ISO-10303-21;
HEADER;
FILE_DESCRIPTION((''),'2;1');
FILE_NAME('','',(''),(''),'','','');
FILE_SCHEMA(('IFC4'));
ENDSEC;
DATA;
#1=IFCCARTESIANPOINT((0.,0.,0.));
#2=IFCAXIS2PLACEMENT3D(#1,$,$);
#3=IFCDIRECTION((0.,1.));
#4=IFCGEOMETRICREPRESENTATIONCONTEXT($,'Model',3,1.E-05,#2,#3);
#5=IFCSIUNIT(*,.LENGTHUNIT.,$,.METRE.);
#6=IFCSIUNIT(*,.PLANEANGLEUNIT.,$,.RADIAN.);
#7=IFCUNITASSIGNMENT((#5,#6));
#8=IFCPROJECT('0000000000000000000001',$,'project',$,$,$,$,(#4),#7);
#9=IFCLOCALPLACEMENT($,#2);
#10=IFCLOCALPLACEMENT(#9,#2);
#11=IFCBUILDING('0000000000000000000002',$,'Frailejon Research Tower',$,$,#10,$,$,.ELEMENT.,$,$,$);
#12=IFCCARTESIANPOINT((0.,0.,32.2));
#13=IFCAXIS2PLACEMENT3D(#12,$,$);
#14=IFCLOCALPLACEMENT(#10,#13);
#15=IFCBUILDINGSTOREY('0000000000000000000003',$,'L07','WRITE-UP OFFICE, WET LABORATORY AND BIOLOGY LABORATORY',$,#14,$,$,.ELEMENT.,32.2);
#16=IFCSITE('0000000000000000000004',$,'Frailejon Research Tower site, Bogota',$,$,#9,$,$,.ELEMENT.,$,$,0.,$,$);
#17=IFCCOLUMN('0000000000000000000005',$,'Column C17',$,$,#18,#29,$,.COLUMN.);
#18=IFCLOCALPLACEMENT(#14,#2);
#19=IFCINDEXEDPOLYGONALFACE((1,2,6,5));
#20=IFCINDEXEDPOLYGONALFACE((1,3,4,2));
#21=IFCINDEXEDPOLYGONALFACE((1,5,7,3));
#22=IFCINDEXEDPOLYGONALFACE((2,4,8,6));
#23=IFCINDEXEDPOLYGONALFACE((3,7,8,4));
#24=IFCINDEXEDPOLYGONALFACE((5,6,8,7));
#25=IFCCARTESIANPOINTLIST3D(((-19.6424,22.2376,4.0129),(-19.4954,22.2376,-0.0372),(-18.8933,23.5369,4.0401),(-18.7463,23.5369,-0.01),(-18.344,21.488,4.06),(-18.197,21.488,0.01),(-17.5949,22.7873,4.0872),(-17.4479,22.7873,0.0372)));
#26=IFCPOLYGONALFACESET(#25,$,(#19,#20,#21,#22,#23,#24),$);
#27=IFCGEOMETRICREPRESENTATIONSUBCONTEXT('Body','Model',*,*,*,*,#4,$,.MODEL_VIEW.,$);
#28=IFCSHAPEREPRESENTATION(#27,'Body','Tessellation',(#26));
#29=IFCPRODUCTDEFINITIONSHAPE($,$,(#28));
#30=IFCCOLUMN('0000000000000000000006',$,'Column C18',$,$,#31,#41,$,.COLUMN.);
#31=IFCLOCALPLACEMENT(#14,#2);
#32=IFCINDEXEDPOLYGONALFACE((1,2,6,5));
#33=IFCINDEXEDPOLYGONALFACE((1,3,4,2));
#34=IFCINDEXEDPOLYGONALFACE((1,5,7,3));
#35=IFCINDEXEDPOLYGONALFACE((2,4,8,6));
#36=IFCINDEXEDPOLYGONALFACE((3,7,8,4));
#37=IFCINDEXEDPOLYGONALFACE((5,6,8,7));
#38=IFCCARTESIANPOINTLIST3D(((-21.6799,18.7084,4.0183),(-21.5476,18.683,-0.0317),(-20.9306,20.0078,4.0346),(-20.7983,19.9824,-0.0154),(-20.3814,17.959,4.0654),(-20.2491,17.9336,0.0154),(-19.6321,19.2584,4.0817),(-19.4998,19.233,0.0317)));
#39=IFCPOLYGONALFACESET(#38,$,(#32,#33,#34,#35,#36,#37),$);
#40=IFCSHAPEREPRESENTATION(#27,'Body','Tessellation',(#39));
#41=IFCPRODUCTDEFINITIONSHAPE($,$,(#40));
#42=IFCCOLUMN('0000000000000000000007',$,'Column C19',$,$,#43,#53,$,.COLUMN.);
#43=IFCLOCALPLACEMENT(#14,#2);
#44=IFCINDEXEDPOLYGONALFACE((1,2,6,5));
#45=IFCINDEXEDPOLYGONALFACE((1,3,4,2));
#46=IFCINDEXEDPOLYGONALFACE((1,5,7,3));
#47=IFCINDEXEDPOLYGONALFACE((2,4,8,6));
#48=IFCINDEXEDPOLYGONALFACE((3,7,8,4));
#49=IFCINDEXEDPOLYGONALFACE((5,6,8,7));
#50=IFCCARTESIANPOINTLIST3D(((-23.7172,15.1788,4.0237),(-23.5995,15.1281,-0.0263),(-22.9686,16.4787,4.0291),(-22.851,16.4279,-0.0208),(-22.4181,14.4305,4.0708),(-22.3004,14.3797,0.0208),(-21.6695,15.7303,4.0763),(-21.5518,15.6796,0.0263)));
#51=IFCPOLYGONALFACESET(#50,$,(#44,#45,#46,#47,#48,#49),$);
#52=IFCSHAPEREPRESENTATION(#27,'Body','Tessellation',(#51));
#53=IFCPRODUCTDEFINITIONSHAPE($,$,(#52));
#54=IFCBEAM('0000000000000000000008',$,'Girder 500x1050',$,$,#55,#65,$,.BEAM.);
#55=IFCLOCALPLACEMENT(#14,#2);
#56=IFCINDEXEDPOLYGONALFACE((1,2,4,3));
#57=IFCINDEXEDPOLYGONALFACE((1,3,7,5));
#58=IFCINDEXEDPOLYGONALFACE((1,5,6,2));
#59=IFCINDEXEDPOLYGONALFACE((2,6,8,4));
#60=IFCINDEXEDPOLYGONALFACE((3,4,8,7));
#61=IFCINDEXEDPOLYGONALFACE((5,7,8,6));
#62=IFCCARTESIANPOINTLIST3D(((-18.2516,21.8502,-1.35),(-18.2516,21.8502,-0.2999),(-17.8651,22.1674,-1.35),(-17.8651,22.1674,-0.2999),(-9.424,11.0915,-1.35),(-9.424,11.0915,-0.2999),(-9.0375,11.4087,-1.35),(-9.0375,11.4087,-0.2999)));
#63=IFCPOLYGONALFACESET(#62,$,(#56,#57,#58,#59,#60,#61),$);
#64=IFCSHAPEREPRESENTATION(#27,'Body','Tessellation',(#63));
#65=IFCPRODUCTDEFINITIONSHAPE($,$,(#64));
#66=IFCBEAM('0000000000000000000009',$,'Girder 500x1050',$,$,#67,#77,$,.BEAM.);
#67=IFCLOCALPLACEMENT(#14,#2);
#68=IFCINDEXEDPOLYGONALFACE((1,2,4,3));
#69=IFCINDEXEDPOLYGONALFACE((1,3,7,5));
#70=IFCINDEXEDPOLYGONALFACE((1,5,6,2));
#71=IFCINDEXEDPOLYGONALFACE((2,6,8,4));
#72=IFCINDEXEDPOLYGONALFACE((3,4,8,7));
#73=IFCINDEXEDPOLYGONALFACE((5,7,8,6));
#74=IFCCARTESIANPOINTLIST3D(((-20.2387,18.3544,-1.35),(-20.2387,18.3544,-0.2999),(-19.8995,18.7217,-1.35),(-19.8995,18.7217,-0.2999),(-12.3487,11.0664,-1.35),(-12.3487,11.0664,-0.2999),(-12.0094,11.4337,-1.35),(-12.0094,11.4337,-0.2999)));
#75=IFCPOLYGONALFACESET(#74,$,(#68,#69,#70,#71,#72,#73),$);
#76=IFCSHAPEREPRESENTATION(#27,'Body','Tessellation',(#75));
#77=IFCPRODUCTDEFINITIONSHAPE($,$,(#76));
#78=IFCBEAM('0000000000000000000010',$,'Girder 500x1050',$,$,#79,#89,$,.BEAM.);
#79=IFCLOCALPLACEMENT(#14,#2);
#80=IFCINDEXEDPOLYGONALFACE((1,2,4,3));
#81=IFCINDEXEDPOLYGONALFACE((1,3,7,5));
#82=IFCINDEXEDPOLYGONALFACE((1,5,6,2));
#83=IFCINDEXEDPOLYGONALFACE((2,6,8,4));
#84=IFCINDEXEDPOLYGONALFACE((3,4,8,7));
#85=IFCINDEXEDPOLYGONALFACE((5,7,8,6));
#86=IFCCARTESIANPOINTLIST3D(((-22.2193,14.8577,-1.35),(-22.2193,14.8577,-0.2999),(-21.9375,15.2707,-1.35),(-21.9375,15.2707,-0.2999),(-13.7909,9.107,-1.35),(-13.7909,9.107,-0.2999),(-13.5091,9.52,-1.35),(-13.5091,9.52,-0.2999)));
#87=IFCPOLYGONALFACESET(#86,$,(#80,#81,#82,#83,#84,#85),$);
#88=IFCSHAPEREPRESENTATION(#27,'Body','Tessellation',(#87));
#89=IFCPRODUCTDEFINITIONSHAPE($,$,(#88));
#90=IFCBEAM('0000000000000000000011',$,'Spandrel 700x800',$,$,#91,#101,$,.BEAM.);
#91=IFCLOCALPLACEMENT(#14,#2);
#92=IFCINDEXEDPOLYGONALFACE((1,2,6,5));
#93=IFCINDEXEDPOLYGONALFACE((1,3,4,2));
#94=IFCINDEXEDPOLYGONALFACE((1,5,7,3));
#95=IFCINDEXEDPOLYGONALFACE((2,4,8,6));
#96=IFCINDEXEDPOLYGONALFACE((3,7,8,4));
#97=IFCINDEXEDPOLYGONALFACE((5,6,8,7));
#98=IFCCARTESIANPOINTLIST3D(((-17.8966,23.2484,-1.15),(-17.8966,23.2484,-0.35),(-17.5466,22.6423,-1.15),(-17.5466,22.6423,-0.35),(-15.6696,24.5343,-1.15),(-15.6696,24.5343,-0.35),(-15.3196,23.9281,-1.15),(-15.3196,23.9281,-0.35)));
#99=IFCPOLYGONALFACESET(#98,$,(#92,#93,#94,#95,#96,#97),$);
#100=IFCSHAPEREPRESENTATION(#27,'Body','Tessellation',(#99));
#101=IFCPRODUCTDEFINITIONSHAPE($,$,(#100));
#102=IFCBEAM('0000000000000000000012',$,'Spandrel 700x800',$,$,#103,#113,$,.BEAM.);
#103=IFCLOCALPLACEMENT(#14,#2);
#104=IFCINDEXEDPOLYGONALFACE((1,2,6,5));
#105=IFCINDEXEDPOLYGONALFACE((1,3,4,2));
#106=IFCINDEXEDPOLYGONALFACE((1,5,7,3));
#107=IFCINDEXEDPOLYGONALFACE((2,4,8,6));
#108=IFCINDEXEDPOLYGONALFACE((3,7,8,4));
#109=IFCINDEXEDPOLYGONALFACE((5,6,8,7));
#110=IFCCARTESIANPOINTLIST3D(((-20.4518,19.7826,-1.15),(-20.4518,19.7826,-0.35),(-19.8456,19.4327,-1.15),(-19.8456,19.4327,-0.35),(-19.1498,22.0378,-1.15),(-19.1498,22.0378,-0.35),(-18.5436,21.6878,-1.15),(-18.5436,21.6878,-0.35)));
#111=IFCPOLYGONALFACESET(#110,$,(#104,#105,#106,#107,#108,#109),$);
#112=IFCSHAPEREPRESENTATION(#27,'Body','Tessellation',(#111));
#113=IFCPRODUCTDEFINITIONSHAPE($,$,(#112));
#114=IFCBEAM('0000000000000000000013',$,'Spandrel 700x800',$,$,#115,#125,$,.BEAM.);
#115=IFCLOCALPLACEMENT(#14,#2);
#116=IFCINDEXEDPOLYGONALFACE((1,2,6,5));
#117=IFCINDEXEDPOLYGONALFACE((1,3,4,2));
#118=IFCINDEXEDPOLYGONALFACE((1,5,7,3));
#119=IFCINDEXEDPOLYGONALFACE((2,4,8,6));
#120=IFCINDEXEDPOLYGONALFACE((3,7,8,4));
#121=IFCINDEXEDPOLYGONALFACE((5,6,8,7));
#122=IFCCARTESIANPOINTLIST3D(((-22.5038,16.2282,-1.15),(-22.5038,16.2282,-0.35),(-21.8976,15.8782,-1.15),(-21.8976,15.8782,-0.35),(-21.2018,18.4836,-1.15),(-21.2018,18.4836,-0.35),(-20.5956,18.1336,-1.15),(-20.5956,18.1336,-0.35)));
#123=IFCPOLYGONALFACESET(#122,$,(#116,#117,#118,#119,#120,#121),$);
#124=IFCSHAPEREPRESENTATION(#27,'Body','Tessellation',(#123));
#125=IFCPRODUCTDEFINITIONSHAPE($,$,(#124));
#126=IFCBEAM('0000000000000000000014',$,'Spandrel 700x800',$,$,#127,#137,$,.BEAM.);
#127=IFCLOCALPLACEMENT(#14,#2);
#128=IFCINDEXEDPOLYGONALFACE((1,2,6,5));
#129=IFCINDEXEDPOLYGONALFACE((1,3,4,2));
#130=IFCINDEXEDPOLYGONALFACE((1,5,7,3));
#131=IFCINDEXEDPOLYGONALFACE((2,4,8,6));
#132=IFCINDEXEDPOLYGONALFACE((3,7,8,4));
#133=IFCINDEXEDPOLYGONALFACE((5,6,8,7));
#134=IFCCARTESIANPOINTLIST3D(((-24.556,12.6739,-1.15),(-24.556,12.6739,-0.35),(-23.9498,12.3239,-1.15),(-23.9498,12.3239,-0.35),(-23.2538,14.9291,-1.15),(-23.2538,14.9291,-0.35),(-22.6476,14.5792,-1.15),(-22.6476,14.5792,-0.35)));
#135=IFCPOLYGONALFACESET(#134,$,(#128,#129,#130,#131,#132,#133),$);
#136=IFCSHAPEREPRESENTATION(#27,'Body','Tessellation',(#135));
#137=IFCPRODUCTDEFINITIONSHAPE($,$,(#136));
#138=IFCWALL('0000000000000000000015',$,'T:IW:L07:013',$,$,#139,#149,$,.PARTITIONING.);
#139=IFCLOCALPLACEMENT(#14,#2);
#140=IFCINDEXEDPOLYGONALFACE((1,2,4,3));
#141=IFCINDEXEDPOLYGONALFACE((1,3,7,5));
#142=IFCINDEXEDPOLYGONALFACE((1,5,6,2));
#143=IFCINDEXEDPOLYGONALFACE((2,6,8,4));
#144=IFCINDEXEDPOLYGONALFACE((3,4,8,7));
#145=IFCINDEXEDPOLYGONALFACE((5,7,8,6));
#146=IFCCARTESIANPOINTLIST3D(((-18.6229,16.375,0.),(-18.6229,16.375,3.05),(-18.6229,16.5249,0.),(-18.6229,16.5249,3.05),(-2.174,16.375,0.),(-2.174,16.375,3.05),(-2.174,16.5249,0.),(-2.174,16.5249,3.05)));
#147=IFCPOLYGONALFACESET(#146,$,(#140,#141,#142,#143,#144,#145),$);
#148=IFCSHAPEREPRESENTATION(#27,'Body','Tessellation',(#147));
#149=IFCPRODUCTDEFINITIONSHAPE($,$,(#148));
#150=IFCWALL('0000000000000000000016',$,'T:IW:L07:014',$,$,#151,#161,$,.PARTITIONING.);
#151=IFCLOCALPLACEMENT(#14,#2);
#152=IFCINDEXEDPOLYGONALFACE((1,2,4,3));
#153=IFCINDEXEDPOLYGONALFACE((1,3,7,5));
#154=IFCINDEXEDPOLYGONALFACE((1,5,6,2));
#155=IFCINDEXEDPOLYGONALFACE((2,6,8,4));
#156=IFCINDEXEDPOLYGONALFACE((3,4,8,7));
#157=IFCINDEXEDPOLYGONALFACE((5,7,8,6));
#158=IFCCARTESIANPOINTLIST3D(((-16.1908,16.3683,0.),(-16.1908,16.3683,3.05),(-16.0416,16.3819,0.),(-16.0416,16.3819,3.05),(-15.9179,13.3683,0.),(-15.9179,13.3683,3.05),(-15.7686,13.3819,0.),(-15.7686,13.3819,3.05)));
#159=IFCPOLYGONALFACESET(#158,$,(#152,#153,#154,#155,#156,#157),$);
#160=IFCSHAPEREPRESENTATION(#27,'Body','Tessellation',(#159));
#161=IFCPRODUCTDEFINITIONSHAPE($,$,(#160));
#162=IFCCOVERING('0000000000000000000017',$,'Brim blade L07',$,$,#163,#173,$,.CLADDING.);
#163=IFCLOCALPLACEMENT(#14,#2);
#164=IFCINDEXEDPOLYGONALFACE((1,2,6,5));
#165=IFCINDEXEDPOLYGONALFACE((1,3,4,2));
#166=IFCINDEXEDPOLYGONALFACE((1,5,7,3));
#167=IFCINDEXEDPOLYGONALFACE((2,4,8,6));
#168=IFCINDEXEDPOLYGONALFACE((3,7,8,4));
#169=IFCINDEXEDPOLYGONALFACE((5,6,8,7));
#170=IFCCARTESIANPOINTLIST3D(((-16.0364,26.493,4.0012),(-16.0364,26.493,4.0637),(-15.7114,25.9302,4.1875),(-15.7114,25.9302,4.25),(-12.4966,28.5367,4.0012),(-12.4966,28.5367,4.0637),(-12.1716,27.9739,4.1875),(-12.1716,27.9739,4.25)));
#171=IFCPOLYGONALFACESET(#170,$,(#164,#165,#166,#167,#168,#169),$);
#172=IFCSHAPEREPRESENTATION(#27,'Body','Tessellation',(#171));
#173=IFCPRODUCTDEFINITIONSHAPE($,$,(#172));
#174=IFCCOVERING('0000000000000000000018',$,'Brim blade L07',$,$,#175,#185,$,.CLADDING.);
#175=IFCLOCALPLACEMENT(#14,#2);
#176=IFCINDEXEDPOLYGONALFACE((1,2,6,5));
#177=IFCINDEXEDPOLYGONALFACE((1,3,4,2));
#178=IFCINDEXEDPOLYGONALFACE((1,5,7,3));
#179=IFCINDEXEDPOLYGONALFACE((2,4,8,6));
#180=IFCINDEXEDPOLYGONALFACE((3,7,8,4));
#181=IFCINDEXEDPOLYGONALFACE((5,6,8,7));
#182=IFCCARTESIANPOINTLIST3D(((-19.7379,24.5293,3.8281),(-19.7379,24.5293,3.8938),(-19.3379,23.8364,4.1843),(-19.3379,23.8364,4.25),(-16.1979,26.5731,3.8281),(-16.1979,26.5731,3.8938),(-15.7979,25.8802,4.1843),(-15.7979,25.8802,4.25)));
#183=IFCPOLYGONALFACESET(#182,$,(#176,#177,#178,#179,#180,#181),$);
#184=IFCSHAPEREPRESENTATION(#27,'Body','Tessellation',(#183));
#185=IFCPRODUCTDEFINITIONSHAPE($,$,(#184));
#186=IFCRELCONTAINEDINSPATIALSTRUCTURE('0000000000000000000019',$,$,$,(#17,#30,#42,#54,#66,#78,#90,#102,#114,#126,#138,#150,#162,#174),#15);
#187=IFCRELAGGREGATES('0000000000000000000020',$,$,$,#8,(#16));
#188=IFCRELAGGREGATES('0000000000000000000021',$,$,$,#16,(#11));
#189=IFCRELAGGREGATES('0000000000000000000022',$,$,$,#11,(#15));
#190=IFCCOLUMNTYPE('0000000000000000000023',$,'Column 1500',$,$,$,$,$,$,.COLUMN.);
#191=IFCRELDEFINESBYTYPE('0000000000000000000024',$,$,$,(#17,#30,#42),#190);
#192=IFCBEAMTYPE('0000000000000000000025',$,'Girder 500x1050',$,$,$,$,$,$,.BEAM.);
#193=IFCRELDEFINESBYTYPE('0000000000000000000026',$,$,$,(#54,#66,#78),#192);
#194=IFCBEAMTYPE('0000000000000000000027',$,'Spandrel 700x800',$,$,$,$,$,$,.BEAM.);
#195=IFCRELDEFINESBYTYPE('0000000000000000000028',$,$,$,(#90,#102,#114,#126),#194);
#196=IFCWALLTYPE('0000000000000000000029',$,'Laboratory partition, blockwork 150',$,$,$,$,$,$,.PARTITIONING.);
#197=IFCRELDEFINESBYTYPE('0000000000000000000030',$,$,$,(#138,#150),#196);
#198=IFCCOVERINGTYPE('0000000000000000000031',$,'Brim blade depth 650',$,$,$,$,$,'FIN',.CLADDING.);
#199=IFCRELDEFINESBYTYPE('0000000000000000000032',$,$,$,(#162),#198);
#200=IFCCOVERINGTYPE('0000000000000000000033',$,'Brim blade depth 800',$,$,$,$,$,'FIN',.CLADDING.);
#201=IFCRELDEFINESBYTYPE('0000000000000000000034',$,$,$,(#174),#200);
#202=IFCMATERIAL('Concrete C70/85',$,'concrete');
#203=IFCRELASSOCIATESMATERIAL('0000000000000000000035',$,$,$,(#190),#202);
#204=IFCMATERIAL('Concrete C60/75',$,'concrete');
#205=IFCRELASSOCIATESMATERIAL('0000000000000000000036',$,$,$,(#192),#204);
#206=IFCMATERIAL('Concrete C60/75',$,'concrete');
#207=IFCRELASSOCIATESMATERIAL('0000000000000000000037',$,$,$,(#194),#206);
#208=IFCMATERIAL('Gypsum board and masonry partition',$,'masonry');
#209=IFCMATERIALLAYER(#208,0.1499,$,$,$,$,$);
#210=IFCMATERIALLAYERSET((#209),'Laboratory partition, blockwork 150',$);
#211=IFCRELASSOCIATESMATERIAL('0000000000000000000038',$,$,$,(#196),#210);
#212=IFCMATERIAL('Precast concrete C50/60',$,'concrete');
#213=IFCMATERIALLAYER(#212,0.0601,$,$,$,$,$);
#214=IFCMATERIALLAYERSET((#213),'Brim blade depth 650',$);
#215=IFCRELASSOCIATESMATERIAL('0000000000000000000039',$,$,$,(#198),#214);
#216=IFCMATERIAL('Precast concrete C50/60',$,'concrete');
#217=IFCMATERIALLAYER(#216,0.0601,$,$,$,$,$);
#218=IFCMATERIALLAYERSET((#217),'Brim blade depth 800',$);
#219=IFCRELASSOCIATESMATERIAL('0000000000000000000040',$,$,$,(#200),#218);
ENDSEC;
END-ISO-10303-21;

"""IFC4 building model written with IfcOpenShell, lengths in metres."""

from ifc_helpers import new_model, si_unit, direction, frame, frame_2d, origin, origin_2d, place, context, subcontext, project, spatial, polyline, rectangle, outline, extrude, material, layer, layer_set, material_profile, profile_set, type_object, element, save


model = new_model("IFC4")

# Units and contexts
model_context = context("Model", 3, precision=1e-05, world=origin(), true_north=direction((0.0, 1.0)))
body_context = subcontext(model_context, "Body", "Model", "MODEL_VIEW")
ifc_project = project(units=[si_unit("LENGTHUNIT", "METRE"), si_unit("PLANEANGLEUNIT", "RADIAN")], contexts=[model_context])

# Site, building, storey
site_placement = place(None, origin())
site = spatial("IfcSite", under=ifc_project, at=site_placement, Name="Frailejon Research Tower site, Bogota", CompositionType="ELEMENT", RefElevation=0.0)
building_placement = place(site_placement, origin())
building = spatial("IfcBuilding", under=site, at=building_placement, Name="Frailejon Research Tower", CompositionType="ELEMENT")
storey_placement = place(building_placement, frame((0.0, 0.0, 32.2)))
storey = spatial("IfcBuildingStorey", under=building, at=storey_placement, Name="L07", Description="WRITE-UP OFFICE, WET LABORATORY AND BIOLOGY LABORATORY", CompositionType="ELEMENT", Elevation=32.2)

# Columns
ifc_material_1 = material(Name="Concrete C70/85", Category="concrete")
ifc_material_profile_1 = material_profile(ifc_material_1, rectangle(XDim=1.5, YDim=1.5, at=origin_2d()), Name="Column 1500")
ifc_profile_set_1 = profile_set([ifc_material_profile_1], Name="Concrete C70/85")
column_type = type_object("IfcColumnType", Name="Column 1500", PredefinedType="COLUMN", material=ifc_profile_set_1)
column_1_placement = place(storey_placement, frame((-18.4717, 22.5125, 0.0), z_axis=(-0.036265, 0.0, 0.999342), x_axis=(-0.499425, -0.866168, -0.018124)))
element("IfcColumn", 1, at=column_1_placement, inside=storey, type_object=column_type, Name="Column C17", PredefinedType="COLUMN", context=body_context, shape_type="SweptSolid", body=[
    extrude(rectangle(XDim=1.5, YDim=1.5, at=origin_2d()), origin(), (0.0, 0.0, 1.0), 4.0527),
])
column_2_placement = place(storey_placement, frame((-20.5237, 18.958, 0.0), z_axis=(-0.032654, 0.006266, 0.999447), x_axis=(-0.49952, -0.866234, -0.01089)))
element("IfcColumn", 2, at=column_2_placement, inside=storey, type_object=column_type, Name="Column C18", PredefinedType="COLUMN", context=body_context, shape_type="SweptSolid", body=[
    extrude(rectangle(XDim=1.5, YDim=1.5, at=origin_2d()), origin(), (0.0, 0.0, 1.0), 4.0522),
])
column_3_placement = place(storey_placement, frame((-22.5757, 15.4038, 0.0), z_axis=(-0.029041, 0.012532, 0.9995), x_axis=(-0.499042, -0.86657, -0.003634)))
element("IfcColumn", 3, at=column_3_placement, inside=storey, type_object=column_type, Name="Column C19", PredefinedType="COLUMN", context=body_context, shape_type="SweptSolid", body=[
    extrude(rectangle(XDim=1.5, YDim=1.5, at=origin_2d()), origin(), (0.0, 0.0, 1.0), 4.052),
])

# Beams
ifc_material_2 = material(Name="Concrete C60/75", Category="concrete")
ifc_material_profile_2 = material_profile(ifc_material_2, rectangle(XDim=0.5, YDim=1.05, at=origin_2d()), Name="Girder 500x1050")
ifc_profile_set_2 = profile_set([ifc_material_profile_2], Name="Concrete C60/75")
beam_type_1 = type_object("IfcBeamType", Name="Girder 500x1050", PredefinedType="BEAM", material=ifc_profile_set_2)
beam_1_placement = place(storey_placement, frame((-18.0583, 22.0088, -0.825), z_axis=(0.634313, -0.773076, 0.0), x_axis=(0.773076, 0.634313, 0.0)))
element("IfcBeam", 4, at=beam_1_placement, inside=storey, type_object=beam_type_1, Name="Girder 500x1050", PredefinedType="BEAM", context=body_context, shape_type="SweptSolid", body=[
    extrude(rectangle(XDim=0.5, YDim=1.05, at=origin_2d()), origin(), (0.0, 0.0, 1.0), 13.9167),
])
beam_2_placement = place(storey_placement, frame((-20.0691, 18.5381, -0.825), z_axis=(0.734577, -0.678526, 0.0), x_axis=(0.678526, 0.734577, 0.0)))
element("IfcBeam", 5, at=beam_2_placement, inside=storey, type_object=beam_type_1, Name="Girder 500x1050", PredefinedType="BEAM", context=body_context, shape_type="SweptSolid", body=[
    extrude(rectangle(XDim=0.5, YDim=1.05, at=origin_2d()), origin(), (0.0, 0.0, 1.0), 10.741),
])
beam_3_placement = place(storey_placement, frame((-22.0784, 15.0642, -0.825), z_axis=(0.826043, -0.563608, 0.0), x_axis=(0.563608, 0.826043, 0.0)))
element("IfcBeam", 6, at=beam_3_placement, inside=storey, type_object=beam_type_1, Name="Girder 500x1050", PredefinedType="BEAM", context=body_context, shape_type="SweptSolid", body=[
    extrude(rectangle(XDim=0.5, YDim=1.05, at=origin_2d()), origin(), (0.0, 0.0, 1.0), 10.2034),
])
ifc_material_3 = material(Name="Concrete C60/75", Category="concrete")
ifc_material_profile_3 = material_profile(ifc_material_3, rectangle(XDim=0.7, YDim=0.8, at=origin_2d()), Name="Spandrel 700x800")
ifc_profile_set_3 = profile_set([ifc_material_profile_3], Name="Concrete C60/75")
beam_type_2 = type_object("IfcBeamType", Name="Spandrel 700x800", PredefinedType="BEAM", material=ifc_profile_set_3)
beam_4_placement = place(storey_placement, frame((-15.4946, 24.2312, -0.75), z_axis=(-0.866009, -0.500029, 0.0), x_axis=(0.500029, -0.866009, 0.0)))
element("IfcBeam", 7, at=beam_4_placement, inside=storey, type_object=beam_type_2, Name="Spandrel 700x800", PredefinedType="BEAM", context=body_context, shape_type="SweptSolid", body=[
    extrude(rectangle(XDim=0.7, YDim=0.8, at=origin_2d()), origin(), (0.0, 0.0, 1.0), 2.5715),
])
beam_5_placement = place(storey_placement, frame((-18.8467, 21.8628, -0.75), z_axis=(-0.500001, -0.866025, 0.0), x_axis=(0.866025, -0.500001, 0.0)))
element("IfcBeam", 8, at=beam_5_placement, inside=storey, type_object=beam_type_2, Name="Spandrel 700x800", PredefinedType="BEAM", context=body_context, shape_type="SweptSolid", body=[
    extrude(rectangle(XDim=0.7, YDim=0.8, at=origin_2d()), origin(), (0.0, 0.0, 1.0), 2.604),
])
for number, where, z_axis, x_axis, name in (
    (9, (-20.8987, 18.3086, -0.75), (-0.49996, -0.866048, 0.0), (0.866048, -0.49996, 0.0), "Spandrel 700x800"),
    (10, (-22.9507, 14.7542, -0.75), (-0.500031, -0.866008, 0.0), (0.866008, -0.500031, 0.0), "Spandrel 700x800"),
):
    element("IfcBeam", number, at=place(storey_placement, frame(where, z_axis=z_axis, x_axis=x_axis)), inside=storey, type_object=beam_type_2, Name=name, PredefinedType="BEAM", context=body_context, shape_type="SweptSolid", body=[
        extrude(rectangle(XDim=0.7, YDim=0.8, at=origin_2d()), origin(), (0.0, 0.0, 1.0), 2.6042),
    ])

# Walls
ifc_material_4 = material(Name="Gypsum board and masonry partition", Category="masonry")
ifc_layer_1 = layer(ifc_material_4, 0.1499)
ifc_layer_set_1 = layer_set([ifc_layer_1], Name="Laboratory partition, blockwork 150")
wall_type_1 = type_object("IfcWallType", Name="Laboratory partition, blockwork 150", PredefinedType="PARTITIONING", material=ifc_layer_set_1)
wall_1_placement = place(storey_placement, frame((-18.623, 16.45, 0.0), z_axis=(0.0, 0.0, 1.0), x_axis=(1.0, 0.0, 0.0)))
element("IfcWall", 11, at=wall_1_placement, inside=storey, type_object=wall_type_1, Name="T:IW:L07:013", PredefinedType="PARTITIONING", context=body_context, shape_type="SweptSolid", body=[
    extrude(rectangle(XDim=16.449, YDim=0.1499, at=frame_2d((8.2246, 0.0))), origin(), (0.0, 0.0, 1.0), 3.05),
])
wall_2_placement = place(storey_placement, frame((-16.1162, 16.3752, 0.0), z_axis=(0.0, 0.0, 1.0), x_axis=(0.090609, -0.995887, 0.0)))
element("IfcWall", 12, at=wall_2_placement, inside=storey, type_object=wall_type_1, Name="T:IW:L07:014", PredefinedType="PARTITIONING", context=body_context, shape_type="SweptSolid", body=[
    extrude(rectangle(XDim=3.0125, YDim=0.1499, at=frame_2d((1.5063, 0.0))), origin(), (0.0, 0.0, 1.0), 3.05),
])

# Coverings
ifc_material_5 = material(Name="Precast concrete C50/60", Category="concrete")
ifc_layer_2 = layer(ifc_material_5, 0.0601)
ifc_layer_set_2 = layer_set([ifc_layer_2], Name="Brim blade depth 650")
covering_type_1 = type_object("IfcCoveringType", Name="Brim blade depth 650", ElementType="FIN", PredefinedType="CLADDING", material=ifc_layer_set_2)
covering_1_placement = place(storey_placement, frame((-15.7114, 25.9302, 4.25), z_axis=(0.866021, 0.500007, 0.0), x_axis=(-0.500007, 0.866021, 0.0)))
element("IfcCovering", 13, at=covering_1_placement, inside=storey, type_object=covering_type_1, Name="Brim blade L07", PredefinedType="CLADDING", context=body_context, shape_type="SweptSolid", body=[
    extrude(outline(polyline([(0.0, -0.0625), (0.6499, -0.2488), (0.6499, -0.1863), (0.0, 0.0), (0.0, -0.0625)])), origin(), (0.0, 0.0, 1.0), 4.0874),
])
ifc_material_6 = material(Name="Precast concrete C50/60", Category="concrete")
ifc_layer_3 = layer(ifc_material_6, 0.0601)
ifc_layer_set_3 = layer_set([ifc_layer_3], Name="Brim blade depth 800")
covering_type_2 = type_object("IfcCoveringType", Name="Brim blade depth 800", ElementType="FIN", PredefinedType="CLADDING", material=ifc_layer_set_3)
covering_2_placement = place(storey_placement, frame((-19.3379, 23.8364, 4.25), z_axis=(0.866027, 0.499997, 0.0), x_axis=(-0.499997, 0.866027, 0.0)))
element("IfcCovering", 14, at=covering_2_placement, inside=storey, type_object=covering_type_2, Name="Brim blade L07", PredefinedType="CLADDING", context=body_context, shape_type="SweptSolid", body=[
    extrude(outline(polyline([(0.0, -0.0657), (0.8, -0.4219), (0.8, -0.3562), (0.0, 0.0), (0.0, -0.0657)])), origin(), (0.0, 0.0, 1.0), 4.0876),
])

save(model, "model.ifc")
